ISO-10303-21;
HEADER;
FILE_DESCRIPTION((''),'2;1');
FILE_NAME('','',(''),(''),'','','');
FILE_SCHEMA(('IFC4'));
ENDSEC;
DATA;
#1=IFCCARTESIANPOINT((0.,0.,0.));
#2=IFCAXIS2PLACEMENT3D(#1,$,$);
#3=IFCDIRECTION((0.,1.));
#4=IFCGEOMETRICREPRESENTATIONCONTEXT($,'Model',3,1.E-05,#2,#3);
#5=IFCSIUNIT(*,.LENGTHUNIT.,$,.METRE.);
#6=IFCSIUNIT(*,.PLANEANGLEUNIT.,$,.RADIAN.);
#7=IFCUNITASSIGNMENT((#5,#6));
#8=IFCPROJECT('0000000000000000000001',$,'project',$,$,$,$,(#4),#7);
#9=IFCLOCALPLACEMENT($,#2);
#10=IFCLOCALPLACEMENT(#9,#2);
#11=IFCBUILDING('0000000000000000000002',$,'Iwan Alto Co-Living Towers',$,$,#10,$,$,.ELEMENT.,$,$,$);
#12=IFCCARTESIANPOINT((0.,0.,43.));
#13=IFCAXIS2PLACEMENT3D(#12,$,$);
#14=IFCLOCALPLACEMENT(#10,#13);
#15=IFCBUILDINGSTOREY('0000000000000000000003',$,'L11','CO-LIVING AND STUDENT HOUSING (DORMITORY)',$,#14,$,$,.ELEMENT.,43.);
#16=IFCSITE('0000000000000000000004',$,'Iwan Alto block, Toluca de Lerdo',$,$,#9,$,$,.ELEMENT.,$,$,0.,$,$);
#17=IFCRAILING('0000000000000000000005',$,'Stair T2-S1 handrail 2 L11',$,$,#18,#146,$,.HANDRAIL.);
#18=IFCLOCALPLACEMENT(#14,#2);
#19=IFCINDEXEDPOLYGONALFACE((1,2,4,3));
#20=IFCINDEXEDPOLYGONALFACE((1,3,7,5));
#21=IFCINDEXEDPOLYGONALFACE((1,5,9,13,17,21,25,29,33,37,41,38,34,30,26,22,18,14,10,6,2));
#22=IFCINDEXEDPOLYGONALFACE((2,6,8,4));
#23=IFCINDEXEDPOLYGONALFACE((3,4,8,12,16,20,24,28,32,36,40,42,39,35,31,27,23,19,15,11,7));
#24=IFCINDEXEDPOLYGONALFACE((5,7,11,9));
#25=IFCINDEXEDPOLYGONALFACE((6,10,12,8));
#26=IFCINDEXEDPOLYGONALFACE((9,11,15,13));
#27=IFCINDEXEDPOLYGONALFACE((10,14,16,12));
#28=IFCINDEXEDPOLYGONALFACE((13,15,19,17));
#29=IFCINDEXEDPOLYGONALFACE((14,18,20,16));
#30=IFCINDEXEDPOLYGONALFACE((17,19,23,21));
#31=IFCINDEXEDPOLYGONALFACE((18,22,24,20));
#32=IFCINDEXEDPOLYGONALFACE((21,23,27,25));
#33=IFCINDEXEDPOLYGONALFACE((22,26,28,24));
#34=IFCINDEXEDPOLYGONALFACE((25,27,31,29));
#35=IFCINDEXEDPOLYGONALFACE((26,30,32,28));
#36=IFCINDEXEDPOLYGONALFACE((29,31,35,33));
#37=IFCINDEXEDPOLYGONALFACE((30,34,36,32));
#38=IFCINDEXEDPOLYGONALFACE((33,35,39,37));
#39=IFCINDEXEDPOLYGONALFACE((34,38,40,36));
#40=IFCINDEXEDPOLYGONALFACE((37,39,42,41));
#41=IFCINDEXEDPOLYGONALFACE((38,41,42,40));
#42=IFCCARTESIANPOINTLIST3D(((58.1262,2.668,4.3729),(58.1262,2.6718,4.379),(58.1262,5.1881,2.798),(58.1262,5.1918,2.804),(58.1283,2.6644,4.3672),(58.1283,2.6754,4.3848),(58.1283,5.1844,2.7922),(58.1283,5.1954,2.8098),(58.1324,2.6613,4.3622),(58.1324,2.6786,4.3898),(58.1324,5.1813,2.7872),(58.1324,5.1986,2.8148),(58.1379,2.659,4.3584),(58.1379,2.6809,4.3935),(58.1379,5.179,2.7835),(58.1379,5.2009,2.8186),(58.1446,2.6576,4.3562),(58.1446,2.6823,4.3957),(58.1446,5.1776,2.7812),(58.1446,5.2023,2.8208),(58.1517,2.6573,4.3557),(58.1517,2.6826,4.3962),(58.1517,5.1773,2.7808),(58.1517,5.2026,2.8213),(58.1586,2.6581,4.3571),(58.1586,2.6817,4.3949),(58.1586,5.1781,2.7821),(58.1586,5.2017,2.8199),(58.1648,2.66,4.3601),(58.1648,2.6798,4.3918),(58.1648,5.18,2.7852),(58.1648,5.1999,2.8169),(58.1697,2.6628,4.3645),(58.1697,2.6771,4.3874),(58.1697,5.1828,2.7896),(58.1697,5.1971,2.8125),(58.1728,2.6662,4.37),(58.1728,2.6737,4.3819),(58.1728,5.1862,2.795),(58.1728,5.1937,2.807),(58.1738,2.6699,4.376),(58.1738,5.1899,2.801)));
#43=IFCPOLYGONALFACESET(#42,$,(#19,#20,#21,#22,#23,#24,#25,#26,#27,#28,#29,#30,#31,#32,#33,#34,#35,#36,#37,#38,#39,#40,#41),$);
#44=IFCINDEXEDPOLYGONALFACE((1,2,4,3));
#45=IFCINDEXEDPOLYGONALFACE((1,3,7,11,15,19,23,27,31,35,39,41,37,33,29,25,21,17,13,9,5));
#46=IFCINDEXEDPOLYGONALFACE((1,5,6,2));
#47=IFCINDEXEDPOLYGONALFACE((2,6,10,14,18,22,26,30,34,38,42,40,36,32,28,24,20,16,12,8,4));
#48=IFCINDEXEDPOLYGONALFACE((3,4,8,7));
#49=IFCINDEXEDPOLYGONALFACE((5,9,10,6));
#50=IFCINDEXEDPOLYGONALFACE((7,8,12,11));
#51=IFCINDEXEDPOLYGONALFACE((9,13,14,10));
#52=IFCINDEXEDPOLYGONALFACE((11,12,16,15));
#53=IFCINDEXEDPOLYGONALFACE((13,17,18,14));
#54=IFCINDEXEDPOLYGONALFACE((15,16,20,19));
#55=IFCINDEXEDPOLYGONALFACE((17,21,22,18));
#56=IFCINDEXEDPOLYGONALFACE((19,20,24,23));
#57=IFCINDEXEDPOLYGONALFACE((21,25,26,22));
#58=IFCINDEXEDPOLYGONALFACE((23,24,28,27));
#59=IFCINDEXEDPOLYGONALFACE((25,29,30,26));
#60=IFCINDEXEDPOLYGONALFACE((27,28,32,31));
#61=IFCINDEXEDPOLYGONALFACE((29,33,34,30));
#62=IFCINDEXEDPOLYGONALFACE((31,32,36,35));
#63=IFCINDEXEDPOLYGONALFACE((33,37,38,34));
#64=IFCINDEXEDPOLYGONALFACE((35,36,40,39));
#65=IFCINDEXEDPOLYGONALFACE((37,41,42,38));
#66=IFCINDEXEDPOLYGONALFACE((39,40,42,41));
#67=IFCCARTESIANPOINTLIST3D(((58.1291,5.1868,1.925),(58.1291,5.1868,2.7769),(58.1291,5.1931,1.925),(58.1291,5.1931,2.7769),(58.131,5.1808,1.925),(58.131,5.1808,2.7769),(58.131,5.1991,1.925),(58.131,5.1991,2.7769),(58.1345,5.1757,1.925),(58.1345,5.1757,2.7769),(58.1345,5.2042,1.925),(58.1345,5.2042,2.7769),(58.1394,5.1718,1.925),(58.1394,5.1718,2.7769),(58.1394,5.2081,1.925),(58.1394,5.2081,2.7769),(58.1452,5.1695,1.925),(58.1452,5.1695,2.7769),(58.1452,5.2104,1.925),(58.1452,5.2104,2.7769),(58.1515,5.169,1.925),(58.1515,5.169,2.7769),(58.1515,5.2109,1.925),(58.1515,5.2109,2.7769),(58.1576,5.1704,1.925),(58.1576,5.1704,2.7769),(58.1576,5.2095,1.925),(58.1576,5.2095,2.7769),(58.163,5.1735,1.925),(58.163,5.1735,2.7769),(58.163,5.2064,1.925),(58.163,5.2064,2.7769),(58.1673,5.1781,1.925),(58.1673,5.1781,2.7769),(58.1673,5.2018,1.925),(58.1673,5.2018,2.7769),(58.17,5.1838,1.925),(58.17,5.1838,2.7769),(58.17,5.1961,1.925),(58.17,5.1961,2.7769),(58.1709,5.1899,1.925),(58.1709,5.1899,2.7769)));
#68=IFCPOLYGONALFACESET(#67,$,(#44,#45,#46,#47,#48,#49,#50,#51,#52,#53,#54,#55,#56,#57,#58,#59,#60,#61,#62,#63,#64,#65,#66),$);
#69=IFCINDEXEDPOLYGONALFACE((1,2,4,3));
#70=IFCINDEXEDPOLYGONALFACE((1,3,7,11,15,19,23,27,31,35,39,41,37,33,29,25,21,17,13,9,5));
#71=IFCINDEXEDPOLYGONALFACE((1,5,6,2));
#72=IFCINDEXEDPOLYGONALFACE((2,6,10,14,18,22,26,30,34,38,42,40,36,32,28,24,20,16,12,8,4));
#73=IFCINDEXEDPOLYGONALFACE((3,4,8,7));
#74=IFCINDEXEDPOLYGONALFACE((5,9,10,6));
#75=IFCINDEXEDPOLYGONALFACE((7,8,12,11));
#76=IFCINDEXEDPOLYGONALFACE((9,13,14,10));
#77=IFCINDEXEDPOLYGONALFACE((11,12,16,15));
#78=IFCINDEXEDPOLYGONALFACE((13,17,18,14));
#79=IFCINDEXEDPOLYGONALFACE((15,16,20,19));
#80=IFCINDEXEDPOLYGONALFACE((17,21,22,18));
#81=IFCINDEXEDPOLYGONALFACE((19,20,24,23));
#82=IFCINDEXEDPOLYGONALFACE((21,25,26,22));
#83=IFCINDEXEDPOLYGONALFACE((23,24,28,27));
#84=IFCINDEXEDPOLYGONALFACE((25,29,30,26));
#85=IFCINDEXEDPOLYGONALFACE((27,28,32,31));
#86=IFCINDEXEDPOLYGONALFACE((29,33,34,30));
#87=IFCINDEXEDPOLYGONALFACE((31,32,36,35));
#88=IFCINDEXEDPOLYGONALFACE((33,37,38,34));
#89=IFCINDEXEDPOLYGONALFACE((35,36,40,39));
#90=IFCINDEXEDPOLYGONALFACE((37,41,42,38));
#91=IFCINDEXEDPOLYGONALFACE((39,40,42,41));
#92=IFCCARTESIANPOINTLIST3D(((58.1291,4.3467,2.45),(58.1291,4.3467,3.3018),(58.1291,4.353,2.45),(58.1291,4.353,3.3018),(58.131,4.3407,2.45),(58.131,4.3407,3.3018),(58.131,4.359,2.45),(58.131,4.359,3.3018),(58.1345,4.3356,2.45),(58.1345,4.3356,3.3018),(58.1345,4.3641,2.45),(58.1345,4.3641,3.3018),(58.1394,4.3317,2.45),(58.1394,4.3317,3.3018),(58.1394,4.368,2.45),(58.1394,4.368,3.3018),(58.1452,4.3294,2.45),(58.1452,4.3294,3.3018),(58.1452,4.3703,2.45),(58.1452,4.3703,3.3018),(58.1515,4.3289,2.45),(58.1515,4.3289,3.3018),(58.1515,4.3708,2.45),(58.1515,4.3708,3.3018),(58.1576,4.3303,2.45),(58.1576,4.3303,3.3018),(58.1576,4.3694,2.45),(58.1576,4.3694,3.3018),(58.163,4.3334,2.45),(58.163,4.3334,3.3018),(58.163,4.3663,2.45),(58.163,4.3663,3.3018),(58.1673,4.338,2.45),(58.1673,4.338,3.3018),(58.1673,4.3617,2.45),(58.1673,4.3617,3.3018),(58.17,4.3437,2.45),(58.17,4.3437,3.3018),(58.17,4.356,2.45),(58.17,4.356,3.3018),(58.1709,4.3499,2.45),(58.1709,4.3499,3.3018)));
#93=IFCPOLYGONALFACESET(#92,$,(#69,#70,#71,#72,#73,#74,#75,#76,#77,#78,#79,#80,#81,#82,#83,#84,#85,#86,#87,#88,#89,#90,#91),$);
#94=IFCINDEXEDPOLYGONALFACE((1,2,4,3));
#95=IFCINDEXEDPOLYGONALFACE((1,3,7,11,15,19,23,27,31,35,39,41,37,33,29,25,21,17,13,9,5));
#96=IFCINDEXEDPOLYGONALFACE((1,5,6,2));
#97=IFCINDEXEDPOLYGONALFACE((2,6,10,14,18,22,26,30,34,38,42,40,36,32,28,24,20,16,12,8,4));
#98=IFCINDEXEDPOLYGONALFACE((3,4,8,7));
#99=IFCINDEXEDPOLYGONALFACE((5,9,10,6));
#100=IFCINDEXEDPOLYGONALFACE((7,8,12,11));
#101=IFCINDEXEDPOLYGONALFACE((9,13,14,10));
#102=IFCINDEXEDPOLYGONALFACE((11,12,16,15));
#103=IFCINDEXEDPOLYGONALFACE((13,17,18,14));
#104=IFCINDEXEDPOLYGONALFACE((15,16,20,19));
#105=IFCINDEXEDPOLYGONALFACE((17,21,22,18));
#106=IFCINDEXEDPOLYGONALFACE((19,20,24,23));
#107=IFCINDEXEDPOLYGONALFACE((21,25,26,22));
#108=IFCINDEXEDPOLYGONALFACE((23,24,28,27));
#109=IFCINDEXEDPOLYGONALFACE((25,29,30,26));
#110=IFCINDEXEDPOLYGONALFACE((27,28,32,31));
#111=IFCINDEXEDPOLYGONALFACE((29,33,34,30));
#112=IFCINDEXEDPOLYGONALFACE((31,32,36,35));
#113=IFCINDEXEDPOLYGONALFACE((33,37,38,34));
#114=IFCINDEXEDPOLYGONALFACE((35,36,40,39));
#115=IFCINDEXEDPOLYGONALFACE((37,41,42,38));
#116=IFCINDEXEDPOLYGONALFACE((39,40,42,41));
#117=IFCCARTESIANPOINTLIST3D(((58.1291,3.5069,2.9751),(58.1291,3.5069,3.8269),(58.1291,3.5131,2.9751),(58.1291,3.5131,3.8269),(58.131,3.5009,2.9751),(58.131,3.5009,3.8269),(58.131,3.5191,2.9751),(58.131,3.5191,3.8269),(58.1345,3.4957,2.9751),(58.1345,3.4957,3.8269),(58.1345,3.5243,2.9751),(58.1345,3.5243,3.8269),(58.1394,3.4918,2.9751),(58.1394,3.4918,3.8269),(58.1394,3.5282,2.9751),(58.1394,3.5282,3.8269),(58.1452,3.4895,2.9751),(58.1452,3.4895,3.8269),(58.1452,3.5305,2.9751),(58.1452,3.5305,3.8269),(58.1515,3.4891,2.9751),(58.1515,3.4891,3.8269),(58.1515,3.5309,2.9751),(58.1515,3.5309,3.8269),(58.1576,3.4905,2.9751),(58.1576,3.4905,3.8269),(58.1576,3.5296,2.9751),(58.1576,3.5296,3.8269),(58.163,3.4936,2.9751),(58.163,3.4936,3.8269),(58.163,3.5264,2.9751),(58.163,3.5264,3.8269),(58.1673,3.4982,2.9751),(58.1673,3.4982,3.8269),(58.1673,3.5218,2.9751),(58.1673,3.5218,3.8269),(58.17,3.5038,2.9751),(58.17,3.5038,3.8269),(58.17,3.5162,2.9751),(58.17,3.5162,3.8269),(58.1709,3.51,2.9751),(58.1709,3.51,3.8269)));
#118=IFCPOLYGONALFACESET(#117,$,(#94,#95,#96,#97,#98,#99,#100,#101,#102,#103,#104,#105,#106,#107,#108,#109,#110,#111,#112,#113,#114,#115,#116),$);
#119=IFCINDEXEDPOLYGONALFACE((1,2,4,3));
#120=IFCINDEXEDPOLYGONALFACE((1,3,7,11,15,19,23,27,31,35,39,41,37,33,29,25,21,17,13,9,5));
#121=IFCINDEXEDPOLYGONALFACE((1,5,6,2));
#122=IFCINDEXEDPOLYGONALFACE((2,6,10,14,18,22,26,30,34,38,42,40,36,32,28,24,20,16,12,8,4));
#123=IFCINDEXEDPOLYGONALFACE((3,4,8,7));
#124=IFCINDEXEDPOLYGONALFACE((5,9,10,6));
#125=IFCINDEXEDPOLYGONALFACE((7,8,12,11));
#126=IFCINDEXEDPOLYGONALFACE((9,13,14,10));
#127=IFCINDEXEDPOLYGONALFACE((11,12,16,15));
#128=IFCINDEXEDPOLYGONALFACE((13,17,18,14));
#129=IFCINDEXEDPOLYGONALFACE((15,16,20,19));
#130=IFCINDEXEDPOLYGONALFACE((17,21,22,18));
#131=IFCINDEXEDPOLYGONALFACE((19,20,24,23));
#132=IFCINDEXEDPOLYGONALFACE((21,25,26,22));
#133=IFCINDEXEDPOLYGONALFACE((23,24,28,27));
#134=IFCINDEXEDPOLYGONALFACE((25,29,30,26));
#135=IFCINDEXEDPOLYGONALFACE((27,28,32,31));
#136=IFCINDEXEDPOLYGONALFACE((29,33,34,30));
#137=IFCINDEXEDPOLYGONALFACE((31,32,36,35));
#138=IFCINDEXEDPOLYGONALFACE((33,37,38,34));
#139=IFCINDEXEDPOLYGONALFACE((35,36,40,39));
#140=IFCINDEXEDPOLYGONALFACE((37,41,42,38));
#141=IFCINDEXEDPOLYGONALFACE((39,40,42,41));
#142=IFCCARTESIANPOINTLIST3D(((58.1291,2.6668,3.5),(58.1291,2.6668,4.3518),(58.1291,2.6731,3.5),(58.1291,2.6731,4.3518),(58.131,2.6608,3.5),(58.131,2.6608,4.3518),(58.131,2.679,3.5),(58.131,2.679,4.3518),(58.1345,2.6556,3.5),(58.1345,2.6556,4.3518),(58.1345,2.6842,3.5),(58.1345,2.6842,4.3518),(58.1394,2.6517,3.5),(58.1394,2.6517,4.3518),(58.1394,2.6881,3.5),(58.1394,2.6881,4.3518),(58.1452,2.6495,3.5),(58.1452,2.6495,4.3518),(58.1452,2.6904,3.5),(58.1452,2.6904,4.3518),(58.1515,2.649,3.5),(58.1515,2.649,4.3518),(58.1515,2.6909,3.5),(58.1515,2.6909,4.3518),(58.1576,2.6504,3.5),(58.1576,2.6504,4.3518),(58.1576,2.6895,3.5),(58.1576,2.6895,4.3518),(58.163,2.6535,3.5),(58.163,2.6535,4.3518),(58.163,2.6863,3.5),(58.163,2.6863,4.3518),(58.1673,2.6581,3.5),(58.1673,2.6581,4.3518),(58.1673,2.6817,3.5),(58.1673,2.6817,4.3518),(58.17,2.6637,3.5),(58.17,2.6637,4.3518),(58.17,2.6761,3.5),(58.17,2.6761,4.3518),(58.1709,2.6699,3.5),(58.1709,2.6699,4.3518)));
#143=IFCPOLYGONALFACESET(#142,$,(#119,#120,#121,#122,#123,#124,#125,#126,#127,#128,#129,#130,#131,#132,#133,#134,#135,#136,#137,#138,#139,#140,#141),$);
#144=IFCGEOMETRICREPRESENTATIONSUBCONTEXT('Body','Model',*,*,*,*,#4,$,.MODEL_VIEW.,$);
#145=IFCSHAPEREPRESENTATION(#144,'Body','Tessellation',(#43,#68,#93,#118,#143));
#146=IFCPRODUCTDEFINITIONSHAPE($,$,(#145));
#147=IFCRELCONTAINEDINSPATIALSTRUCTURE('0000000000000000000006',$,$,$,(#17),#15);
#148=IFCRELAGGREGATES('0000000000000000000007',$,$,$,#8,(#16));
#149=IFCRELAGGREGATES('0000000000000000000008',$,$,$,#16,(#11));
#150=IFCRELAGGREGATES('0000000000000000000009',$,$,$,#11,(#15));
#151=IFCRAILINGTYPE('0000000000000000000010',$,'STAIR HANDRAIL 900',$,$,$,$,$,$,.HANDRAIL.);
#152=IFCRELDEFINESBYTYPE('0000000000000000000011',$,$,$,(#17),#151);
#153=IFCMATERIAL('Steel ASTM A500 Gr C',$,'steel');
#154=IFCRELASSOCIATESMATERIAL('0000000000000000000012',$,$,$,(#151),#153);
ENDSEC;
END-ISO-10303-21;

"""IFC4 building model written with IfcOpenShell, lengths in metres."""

from ifc_helpers import new_model, si_unit, direction, frame, origin, origin_2d, place, context, subcontext, project, spatial, circle, extrude, material, type_object, element, save


model = new_model("IFC4")

# Units and contexts
model_context = context("Model", 3, precision=1e-05, world=origin(), true_north=direction((0.0, 1.0)))
body_context = subcontext(model_context, "Body", "Model", "MODEL_VIEW")
ifc_project = project(units=[si_unit("LENGTHUNIT", "METRE"), si_unit("PLANEANGLEUNIT", "RADIAN")], contexts=[model_context])

# Site, building, storey
site_placement = place(None, origin())
site = spatial("IfcSite", under=ifc_project, at=site_placement, Name="Iwan Alto block, Toluca de Lerdo", CompositionType="ELEMENT", RefElevation=0.0)
building_placement = place(site_placement, origin())
building = spatial("IfcBuilding", under=site, at=building_placement, Name="Iwan Alto Co-Living Towers", CompositionType="ELEMENT")
storey_placement = place(building_placement, frame((0.0, 0.0, 43.0)))
storey = spatial("IfcBuildingStorey", under=building, at=storey_placement, Name="L11", Description="CO-LIVING AND STUDENT HOUSING (DORMITORY)", CompositionType="ELEMENT", Elevation=43.0)

# Railing
ifc_material_1 = material(Name="Steel ASTM A500 Gr C", Category="steel")
railing_type_1 = type_object("IfcRailingType", Name="STAIR HANDRAIL 900", PredefinedType="HANDRAIL", material=ifc_material_1)
railing_1_placement = place(storey_placement, frame((58.1499, 5.1899, 1.925)))
element("IfcRailing", 1, at=railing_1_placement, inside=storey, type_object=railing_type_1, Name="Stair T2-S1 handrail 2 L11", PredefinedType="HANDRAIL", context=body_context, shape_type="SweptSolid", body=[
    extrude(circle(Radius=0.0239, at=origin_2d()), frame((0.0, 0.0, 0.876), z_axis=(0.0, -0.848008, 0.529984), x_axis=(1.0, 0.0, 0.0)), (0.0, 0.0, 1.0), 2.9717),
    extrude(circle(Radius=0.021, at=origin_2d()), origin(), (0.0, 0.0, 1.0), 0.8518),
    extrude(circle(Radius=0.021, at=origin_2d()), frame((0.0, -0.8401, 0.5249)), (0.0, 0.0, 1.0), 0.8518),
    extrude(circle(Radius=0.021, at=origin_2d()), frame((0.0, -1.6799, 1.05)), (0.0, 0.0, 1.0), 0.8518),
    extrude(circle(Radius=0.021, at=origin_2d()), frame((0.0, -2.52, 1.575)), (0.0, 0.0, 1.0), 0.8518),
])

save(model, "model.ifc")
